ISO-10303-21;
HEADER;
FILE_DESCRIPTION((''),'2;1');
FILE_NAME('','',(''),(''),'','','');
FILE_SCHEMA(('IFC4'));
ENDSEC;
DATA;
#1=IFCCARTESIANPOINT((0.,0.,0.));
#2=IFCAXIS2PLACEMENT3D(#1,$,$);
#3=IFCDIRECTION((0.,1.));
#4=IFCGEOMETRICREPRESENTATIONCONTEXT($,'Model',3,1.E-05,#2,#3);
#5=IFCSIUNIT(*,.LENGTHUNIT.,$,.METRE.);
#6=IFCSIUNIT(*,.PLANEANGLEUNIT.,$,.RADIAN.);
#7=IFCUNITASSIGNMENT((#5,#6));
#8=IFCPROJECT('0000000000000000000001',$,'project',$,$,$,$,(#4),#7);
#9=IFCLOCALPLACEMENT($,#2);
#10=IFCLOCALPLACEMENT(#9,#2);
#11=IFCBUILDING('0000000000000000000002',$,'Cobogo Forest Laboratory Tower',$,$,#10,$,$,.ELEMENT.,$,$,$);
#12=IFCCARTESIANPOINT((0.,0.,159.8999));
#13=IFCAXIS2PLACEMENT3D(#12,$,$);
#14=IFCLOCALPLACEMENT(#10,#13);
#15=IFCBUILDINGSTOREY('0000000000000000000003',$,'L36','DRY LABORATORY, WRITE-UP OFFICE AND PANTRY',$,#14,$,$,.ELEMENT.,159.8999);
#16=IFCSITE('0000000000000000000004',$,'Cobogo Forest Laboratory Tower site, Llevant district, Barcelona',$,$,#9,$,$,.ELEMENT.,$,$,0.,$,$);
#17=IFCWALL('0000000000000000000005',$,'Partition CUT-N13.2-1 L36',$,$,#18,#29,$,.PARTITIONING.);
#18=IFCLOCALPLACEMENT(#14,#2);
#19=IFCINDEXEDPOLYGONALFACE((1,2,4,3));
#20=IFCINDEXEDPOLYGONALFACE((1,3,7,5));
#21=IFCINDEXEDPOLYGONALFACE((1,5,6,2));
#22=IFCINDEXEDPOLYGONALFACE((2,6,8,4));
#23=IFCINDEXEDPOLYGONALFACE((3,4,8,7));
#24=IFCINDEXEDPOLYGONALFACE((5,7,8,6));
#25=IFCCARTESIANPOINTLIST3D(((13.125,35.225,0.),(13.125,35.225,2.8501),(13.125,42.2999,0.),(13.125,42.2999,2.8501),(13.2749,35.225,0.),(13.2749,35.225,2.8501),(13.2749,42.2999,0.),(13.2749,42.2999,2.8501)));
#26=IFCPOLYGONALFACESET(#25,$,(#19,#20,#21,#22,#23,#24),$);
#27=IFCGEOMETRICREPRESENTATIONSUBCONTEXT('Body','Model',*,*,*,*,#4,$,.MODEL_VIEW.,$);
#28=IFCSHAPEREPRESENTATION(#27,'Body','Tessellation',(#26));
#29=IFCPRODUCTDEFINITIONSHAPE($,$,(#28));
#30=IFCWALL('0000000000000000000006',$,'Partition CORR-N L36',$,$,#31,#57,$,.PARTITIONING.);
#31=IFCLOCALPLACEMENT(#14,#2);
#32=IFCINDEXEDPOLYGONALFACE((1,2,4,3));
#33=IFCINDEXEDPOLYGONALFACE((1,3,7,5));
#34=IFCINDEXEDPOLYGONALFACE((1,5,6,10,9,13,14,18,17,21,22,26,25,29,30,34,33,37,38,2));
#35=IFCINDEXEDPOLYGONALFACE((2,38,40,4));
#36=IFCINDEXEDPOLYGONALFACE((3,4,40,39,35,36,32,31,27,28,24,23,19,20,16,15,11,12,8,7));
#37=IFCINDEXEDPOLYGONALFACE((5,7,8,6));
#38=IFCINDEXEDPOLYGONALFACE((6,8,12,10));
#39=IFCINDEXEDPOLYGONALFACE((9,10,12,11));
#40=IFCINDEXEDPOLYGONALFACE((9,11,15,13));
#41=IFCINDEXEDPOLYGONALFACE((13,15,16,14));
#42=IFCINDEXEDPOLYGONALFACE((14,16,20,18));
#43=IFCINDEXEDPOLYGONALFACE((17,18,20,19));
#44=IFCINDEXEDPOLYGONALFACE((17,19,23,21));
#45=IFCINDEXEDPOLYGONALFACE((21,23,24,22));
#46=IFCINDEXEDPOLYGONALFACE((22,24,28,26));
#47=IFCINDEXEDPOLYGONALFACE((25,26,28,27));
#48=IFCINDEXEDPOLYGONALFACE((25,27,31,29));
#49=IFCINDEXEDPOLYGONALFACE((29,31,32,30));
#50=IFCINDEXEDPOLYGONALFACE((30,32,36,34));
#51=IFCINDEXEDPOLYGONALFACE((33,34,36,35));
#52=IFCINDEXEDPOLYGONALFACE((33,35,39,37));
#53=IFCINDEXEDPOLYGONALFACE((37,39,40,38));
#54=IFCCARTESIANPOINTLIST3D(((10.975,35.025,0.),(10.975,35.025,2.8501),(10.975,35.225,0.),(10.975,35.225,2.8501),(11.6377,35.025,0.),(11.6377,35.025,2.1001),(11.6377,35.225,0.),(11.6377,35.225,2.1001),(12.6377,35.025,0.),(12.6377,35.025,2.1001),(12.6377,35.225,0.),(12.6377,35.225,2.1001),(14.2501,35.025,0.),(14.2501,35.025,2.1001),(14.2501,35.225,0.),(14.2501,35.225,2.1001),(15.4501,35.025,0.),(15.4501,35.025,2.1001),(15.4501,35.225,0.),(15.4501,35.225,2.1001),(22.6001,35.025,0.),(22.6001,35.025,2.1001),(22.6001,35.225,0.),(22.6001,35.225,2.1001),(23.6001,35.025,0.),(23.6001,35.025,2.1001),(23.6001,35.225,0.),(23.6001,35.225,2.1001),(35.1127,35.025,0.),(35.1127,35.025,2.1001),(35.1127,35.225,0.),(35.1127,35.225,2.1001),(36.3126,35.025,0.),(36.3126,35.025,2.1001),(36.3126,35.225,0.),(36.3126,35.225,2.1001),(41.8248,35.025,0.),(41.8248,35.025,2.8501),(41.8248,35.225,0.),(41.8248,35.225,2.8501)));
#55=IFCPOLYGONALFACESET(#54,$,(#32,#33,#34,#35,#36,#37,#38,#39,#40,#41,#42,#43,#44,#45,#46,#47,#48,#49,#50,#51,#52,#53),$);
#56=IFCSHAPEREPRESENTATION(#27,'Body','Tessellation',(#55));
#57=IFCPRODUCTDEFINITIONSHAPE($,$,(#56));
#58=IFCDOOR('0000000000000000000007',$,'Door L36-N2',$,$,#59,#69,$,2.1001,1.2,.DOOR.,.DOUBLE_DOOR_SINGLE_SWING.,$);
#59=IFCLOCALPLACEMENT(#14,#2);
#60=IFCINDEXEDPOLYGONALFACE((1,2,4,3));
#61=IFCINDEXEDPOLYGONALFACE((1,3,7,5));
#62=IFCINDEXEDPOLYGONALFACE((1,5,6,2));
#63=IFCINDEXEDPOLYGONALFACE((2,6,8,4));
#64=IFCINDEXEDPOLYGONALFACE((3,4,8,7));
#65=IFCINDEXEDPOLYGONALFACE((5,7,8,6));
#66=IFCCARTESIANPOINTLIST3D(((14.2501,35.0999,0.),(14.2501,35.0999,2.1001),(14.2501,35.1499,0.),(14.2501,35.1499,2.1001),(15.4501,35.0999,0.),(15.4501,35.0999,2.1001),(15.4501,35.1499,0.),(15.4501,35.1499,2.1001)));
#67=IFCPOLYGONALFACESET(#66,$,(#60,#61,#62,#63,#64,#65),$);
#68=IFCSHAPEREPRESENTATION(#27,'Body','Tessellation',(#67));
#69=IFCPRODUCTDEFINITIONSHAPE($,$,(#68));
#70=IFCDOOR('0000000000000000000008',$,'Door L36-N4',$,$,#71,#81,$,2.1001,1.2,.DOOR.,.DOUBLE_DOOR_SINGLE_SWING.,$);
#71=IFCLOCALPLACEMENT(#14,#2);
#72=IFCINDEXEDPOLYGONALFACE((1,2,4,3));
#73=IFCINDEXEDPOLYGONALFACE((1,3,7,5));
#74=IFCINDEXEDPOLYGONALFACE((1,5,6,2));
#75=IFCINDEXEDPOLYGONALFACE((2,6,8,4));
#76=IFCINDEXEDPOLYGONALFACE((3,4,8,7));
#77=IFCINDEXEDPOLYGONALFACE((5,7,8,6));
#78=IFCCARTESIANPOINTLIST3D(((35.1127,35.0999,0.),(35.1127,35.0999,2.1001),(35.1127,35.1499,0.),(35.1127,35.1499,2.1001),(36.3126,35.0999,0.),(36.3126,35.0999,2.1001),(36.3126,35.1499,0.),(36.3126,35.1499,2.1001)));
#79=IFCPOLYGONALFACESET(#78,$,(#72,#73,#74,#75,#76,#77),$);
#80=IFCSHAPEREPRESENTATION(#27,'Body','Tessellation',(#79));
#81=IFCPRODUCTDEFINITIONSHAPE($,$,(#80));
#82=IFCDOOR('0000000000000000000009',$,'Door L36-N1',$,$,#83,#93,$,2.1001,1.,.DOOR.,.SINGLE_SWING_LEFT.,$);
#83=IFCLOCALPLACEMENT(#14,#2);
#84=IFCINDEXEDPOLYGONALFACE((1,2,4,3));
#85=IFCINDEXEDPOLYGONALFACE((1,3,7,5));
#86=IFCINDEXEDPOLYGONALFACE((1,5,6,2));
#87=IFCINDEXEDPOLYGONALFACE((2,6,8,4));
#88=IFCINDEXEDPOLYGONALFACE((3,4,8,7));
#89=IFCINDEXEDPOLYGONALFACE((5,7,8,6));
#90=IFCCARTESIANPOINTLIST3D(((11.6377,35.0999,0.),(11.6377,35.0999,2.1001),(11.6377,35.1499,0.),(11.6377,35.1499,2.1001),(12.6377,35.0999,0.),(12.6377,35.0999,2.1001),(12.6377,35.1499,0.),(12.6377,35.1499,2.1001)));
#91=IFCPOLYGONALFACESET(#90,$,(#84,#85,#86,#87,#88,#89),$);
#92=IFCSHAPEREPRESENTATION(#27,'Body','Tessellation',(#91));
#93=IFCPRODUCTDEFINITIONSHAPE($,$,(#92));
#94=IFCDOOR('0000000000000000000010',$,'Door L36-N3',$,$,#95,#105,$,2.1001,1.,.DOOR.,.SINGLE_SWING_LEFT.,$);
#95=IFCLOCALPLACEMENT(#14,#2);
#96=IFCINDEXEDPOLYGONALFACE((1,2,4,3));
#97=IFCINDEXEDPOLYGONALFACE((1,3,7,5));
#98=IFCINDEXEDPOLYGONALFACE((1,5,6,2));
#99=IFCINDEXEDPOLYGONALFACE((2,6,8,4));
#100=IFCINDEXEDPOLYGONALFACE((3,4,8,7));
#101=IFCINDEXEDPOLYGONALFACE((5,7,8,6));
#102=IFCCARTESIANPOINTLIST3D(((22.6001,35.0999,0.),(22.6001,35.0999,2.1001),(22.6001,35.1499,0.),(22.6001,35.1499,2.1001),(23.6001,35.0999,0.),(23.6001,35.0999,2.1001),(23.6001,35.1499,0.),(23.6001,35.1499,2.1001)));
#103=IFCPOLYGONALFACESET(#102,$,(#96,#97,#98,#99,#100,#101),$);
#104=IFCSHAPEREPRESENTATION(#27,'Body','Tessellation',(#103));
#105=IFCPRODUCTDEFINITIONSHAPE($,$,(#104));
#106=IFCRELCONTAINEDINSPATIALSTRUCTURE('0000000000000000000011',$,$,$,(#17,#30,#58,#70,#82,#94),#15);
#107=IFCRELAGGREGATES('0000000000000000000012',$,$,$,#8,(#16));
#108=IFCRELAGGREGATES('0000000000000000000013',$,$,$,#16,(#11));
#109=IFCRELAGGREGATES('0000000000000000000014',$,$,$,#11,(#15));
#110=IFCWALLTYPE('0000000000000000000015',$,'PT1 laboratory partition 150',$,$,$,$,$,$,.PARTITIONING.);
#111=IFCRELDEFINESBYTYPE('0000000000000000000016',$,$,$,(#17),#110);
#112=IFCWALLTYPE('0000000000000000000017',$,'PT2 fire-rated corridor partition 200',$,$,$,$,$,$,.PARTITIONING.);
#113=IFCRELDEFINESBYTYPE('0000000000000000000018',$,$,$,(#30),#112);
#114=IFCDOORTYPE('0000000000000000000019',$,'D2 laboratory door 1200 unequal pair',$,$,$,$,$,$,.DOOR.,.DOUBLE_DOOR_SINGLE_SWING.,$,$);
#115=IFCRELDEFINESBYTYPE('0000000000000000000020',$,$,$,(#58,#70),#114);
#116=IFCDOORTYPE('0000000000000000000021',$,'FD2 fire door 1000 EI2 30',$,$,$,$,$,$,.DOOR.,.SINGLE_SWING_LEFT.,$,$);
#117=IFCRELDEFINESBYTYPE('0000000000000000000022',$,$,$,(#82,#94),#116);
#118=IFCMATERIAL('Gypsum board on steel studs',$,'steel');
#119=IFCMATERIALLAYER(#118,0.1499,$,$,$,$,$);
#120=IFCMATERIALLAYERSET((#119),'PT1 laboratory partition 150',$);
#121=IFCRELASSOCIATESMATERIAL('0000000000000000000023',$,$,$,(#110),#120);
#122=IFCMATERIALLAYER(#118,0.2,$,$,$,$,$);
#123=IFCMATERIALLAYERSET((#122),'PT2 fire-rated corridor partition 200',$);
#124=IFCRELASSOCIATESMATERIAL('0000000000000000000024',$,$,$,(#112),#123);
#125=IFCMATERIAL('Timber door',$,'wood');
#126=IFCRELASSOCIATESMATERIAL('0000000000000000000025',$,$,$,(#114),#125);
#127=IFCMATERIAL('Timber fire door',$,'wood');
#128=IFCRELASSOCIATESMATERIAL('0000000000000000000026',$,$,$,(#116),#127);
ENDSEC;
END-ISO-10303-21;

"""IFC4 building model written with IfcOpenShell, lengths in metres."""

from ifc_helpers import new_model, si_unit, direction, frame, frame_2d, origin, place, context, subcontext, project, spatial, rectangle, extrude, material, layer, layer_set, type_object, element, fill, save


model = new_model("IFC4")

# Units and contexts
model_context = context("Model", 3, precision=1e-05, world=origin(), true_north=direction((0.0, 1.0)))
body_context = subcontext(model_context, "Body", "Model", "MODEL_VIEW")
ifc_project = project(units=[si_unit("LENGTHUNIT", "METRE"), si_unit("PLANEANGLEUNIT", "RADIAN")], contexts=[model_context])

# Site, building, storey
site_placement = place(None, origin())
site = spatial("IfcSite", under=ifc_project, at=site_placement, Name="Cobogo Forest Laboratory Tower site, Llevant district, Barcelona", CompositionType="ELEMENT", RefElevation=0.0)
building_placement = place(site_placement, origin())
building = spatial("IfcBuilding", under=site, at=building_placement, Name="Cobogo Forest Laboratory Tower", CompositionType="ELEMENT")
storey_placement = place(building_placement, frame((0.0, 0.0, 159.8999)))
storey = spatial("IfcBuildingStorey", under=building, at=storey_placement, Name="L36", Description="DRY LABORATORY, WRITE-UP OFFICE AND PANTRY", CompositionType="ELEMENT", Elevation=159.8999)

# Wall
ifc_material_1 = material(Name="Gypsum board on steel studs", Category="steel")
ifc_layer_1 = layer(ifc_material_1, 0.1499)
ifc_layer_set_1 = layer_set([ifc_layer_1], Name="PT1 laboratory partition 150")
wall_type_1 = type_object("IfcWallType", Name="PT1 laboratory partition 150", PredefinedType="PARTITIONING", material=ifc_layer_set_1)
wall_1_placement = place(storey_placement, frame((13.2, 42.3, 0.0), z_axis=(0.0, 0.0, 1.0), x_axis=(0.0, -1.0, 0.0)))
element("IfcWall", 1, at=wall_1_placement, inside=storey, type_object=wall_type_1, Name="Partition CUT-N13.2-1 L36", PredefinedType="PARTITIONING", context=body_context, shape_type="SweptSolid", body=[
    extrude(rectangle(XDim=7.075, YDim=0.1499, at=frame_2d((3.5376, 0.0))), origin(), (0.0, 0.0, 1.0), 2.8501),
])

# Wall, openings, doors
ifc_layer_2 = layer(ifc_material_1, 0.2)
ifc_layer_set_2 = layer_set([ifc_layer_2], Name="PT2 fire-rated corridor partition 200")
wall_type_2 = type_object("IfcWallType", Name="PT2 fire-rated corridor partition 200", PredefinedType="PARTITIONING", material=ifc_layer_set_2)
wall_2_placement = place(storey_placement, frame((10.9751, 35.125, 0.0), z_axis=(0.0, 0.0, 1.0), x_axis=(1.0, 0.0, 0.0)))
wall_2 = element("IfcWall", 2, at=wall_2_placement, inside=storey, type_object=wall_type_2, Name="Partition CORR-N L36", PredefinedType="PARTITIONING", context=body_context, shape_type="SweptSolid", body=[
    extrude(rectangle(XDim=30.8499, YDim=0.2, at=frame_2d((15.4248, 0.0))), origin(), (0.0, 0.0, 1.0), 2.8501),
])
opening_1_placement = place(wall_2_placement, frame((0.6626, 0.0, 0.0)))
opening_1 = element("IfcOpeningElement", 3, at=opening_1_placement, cuts=wall_2, PredefinedType="OPENING", context=body_context, shape_type="SweptSolid", body=[
    extrude(rectangle(XDim=1.0, YDim=2.1001, at=frame_2d((0.5, 1.05))), frame((0.0, 0.1099, 0.0), z_axis=(0.0, -1.0, 0.0), x_axis=(1.0, 0.0, 0.0)), (0.0, 0.0, 1.0), 0.22),
])
opening_2_placement = place(wall_2_placement, frame((3.2749, 0.0, 0.0)))
opening_2 = element("IfcOpeningElement", 4, at=opening_2_placement, cuts=wall_2, PredefinedType="OPENING", context=body_context, shape_type="SweptSolid", body=[
    extrude(rectangle(XDim=1.2, YDim=2.1001, at=frame_2d((0.6001, 1.05))), frame((0.0, 0.1099, 0.0), z_axis=(0.0, -1.0, 0.0), x_axis=(1.0, 0.0, 0.0)), (0.0, 0.0, 1.0), 0.22),
])
opening_3_placement = place(wall_2_placement, frame((11.625, 0.0, 0.0)))
opening_3 = element("IfcOpeningElement", 5, at=opening_3_placement, cuts=wall_2, PredefinedType="OPENING", context=body_context, shape_type="SweptSolid", body=[
    extrude(rectangle(XDim=1.0, YDim=2.1001, at=frame_2d((0.5, 1.05))), frame((0.0, 0.1099, 0.0), z_axis=(0.0, -1.0, 0.0), x_axis=(1.0, 0.0, 0.0)), (0.0, 0.0, 1.0), 0.22),
])
opening_4_placement = place(wall_2_placement, frame((24.1375, 0.0, 0.0)))
opening_4 = element("IfcOpeningElement", 6, at=opening_4_placement, cuts=wall_2, PredefinedType="OPENING", context=body_context, shape_type="SweptSolid", body=[
    extrude(rectangle(XDim=1.2, YDim=2.1001, at=frame_2d((0.6001, 1.05))), frame((0.0, 0.1099, 0.0), z_axis=(0.0, -1.0, 0.0), x_axis=(1.0, 0.0, 0.0)), (0.0, 0.0, 1.0), 0.22),
])
ifc_material_2 = material(Name="Timber door", Category="wood")
door_type_1 = type_object("IfcDoorType", Name="D2 laboratory door 1200 unequal pair", OperationType="DOUBLE_DOOR_SINGLE_SWING", PredefinedType="DOOR", material=ifc_material_2)
door_1_placement = place(opening_2_placement, origin())
door_1 = element("IfcDoor", 7, at=door_1_placement, inside=storey, type_object=door_type_1, Name="Door L36-N2", OperationType="DOUBLE_DOOR_SINGLE_SWING", OverallHeight=2.1001, OverallWidth=1.2, PredefinedType="DOOR", context=body_context, shape_type="SweptSolid", body=[
    extrude(rectangle(XDim=1.2, YDim=2.1001, at=frame_2d((0.6001, 1.05))), frame((0.0, 0.0249, 0.0), z_axis=(0.0, -1.0, 0.0), x_axis=(1.0, 0.0, 0.0)), (0.0, 0.0, 1.0), 0.05),
])
fill(opening_2, door_1)
door_2_placement = place(opening_4_placement, origin())
door_2 = element("IfcDoor", 8, at=door_2_placement, inside=storey, type_object=door_type_1, Name="Door L36-N4", OperationType="DOUBLE_DOOR_SINGLE_SWING", OverallHeight=2.1001, OverallWidth=1.2, PredefinedType="DOOR", context=body_context, shape_type="SweptSolid", body=[
    extrude(rectangle(XDim=1.2, YDim=2.1001, at=frame_2d((0.6001, 1.05))), frame((0.0, 0.0249, 0.0), z_axis=(0.0, -1.0, 0.0), x_axis=(1.0, 0.0, 0.0)), (0.0, 0.0, 1.0), 0.05),
])
fill(opening_4, door_2)
ifc_material_3 = material(Name="Timber fire door", Category="wood")
door_type_2 = type_object("IfcDoorType", Name="FD2 fire door 1000 EI2 30", OperationType="SINGLE_SWING_LEFT", PredefinedType="DOOR", material=ifc_material_3)
door_3_placement = place(opening_1_placement, origin())
door_3 = element("IfcDoor", 9, at=door_3_placement, inside=storey, type_object=door_type_2, Name="Door L36-N1", OperationType="SINGLE_SWING_LEFT", OverallHeight=2.1001, OverallWidth=1.0, PredefinedType="DOOR", context=body_context, shape_type="SweptSolid", body=[
    extrude(rectangle(XDim=1.0, YDim=2.1001, at=frame_2d((0.5, 1.05))), frame((0.0, 0.0249, 0.0), z_axis=(0.0, -1.0, 0.0), x_axis=(1.0, 0.0, 0.0)), (0.0, 0.0, 1.0), 0.05),
])
fill(opening_1, door_3)
door_4_placement = place(opening_3_placement, origin())
door_4 = element("IfcDoor", 10, at=door_4_placement, inside=storey, type_object=door_type_2, Name="Door L36-N3", OperationType="SINGLE_SWING_LEFT", OverallHeight=2.1001, OverallWidth=1.0, PredefinedType="DOOR", context=body_context, shape_type="SweptSolid", body=[
    extrude(rectangle(XDim=1.0, YDim=2.1001, at=frame_2d((0.5, 1.05))), frame((0.0, 0.0249, 0.0), z_axis=(0.0, -1.0, 0.0), x_axis=(1.0, 0.0, 0.0)), (0.0, 0.0, 1.0), 0.05),
])
fill(opening_3, door_4)

save(model, "model.ifc")
